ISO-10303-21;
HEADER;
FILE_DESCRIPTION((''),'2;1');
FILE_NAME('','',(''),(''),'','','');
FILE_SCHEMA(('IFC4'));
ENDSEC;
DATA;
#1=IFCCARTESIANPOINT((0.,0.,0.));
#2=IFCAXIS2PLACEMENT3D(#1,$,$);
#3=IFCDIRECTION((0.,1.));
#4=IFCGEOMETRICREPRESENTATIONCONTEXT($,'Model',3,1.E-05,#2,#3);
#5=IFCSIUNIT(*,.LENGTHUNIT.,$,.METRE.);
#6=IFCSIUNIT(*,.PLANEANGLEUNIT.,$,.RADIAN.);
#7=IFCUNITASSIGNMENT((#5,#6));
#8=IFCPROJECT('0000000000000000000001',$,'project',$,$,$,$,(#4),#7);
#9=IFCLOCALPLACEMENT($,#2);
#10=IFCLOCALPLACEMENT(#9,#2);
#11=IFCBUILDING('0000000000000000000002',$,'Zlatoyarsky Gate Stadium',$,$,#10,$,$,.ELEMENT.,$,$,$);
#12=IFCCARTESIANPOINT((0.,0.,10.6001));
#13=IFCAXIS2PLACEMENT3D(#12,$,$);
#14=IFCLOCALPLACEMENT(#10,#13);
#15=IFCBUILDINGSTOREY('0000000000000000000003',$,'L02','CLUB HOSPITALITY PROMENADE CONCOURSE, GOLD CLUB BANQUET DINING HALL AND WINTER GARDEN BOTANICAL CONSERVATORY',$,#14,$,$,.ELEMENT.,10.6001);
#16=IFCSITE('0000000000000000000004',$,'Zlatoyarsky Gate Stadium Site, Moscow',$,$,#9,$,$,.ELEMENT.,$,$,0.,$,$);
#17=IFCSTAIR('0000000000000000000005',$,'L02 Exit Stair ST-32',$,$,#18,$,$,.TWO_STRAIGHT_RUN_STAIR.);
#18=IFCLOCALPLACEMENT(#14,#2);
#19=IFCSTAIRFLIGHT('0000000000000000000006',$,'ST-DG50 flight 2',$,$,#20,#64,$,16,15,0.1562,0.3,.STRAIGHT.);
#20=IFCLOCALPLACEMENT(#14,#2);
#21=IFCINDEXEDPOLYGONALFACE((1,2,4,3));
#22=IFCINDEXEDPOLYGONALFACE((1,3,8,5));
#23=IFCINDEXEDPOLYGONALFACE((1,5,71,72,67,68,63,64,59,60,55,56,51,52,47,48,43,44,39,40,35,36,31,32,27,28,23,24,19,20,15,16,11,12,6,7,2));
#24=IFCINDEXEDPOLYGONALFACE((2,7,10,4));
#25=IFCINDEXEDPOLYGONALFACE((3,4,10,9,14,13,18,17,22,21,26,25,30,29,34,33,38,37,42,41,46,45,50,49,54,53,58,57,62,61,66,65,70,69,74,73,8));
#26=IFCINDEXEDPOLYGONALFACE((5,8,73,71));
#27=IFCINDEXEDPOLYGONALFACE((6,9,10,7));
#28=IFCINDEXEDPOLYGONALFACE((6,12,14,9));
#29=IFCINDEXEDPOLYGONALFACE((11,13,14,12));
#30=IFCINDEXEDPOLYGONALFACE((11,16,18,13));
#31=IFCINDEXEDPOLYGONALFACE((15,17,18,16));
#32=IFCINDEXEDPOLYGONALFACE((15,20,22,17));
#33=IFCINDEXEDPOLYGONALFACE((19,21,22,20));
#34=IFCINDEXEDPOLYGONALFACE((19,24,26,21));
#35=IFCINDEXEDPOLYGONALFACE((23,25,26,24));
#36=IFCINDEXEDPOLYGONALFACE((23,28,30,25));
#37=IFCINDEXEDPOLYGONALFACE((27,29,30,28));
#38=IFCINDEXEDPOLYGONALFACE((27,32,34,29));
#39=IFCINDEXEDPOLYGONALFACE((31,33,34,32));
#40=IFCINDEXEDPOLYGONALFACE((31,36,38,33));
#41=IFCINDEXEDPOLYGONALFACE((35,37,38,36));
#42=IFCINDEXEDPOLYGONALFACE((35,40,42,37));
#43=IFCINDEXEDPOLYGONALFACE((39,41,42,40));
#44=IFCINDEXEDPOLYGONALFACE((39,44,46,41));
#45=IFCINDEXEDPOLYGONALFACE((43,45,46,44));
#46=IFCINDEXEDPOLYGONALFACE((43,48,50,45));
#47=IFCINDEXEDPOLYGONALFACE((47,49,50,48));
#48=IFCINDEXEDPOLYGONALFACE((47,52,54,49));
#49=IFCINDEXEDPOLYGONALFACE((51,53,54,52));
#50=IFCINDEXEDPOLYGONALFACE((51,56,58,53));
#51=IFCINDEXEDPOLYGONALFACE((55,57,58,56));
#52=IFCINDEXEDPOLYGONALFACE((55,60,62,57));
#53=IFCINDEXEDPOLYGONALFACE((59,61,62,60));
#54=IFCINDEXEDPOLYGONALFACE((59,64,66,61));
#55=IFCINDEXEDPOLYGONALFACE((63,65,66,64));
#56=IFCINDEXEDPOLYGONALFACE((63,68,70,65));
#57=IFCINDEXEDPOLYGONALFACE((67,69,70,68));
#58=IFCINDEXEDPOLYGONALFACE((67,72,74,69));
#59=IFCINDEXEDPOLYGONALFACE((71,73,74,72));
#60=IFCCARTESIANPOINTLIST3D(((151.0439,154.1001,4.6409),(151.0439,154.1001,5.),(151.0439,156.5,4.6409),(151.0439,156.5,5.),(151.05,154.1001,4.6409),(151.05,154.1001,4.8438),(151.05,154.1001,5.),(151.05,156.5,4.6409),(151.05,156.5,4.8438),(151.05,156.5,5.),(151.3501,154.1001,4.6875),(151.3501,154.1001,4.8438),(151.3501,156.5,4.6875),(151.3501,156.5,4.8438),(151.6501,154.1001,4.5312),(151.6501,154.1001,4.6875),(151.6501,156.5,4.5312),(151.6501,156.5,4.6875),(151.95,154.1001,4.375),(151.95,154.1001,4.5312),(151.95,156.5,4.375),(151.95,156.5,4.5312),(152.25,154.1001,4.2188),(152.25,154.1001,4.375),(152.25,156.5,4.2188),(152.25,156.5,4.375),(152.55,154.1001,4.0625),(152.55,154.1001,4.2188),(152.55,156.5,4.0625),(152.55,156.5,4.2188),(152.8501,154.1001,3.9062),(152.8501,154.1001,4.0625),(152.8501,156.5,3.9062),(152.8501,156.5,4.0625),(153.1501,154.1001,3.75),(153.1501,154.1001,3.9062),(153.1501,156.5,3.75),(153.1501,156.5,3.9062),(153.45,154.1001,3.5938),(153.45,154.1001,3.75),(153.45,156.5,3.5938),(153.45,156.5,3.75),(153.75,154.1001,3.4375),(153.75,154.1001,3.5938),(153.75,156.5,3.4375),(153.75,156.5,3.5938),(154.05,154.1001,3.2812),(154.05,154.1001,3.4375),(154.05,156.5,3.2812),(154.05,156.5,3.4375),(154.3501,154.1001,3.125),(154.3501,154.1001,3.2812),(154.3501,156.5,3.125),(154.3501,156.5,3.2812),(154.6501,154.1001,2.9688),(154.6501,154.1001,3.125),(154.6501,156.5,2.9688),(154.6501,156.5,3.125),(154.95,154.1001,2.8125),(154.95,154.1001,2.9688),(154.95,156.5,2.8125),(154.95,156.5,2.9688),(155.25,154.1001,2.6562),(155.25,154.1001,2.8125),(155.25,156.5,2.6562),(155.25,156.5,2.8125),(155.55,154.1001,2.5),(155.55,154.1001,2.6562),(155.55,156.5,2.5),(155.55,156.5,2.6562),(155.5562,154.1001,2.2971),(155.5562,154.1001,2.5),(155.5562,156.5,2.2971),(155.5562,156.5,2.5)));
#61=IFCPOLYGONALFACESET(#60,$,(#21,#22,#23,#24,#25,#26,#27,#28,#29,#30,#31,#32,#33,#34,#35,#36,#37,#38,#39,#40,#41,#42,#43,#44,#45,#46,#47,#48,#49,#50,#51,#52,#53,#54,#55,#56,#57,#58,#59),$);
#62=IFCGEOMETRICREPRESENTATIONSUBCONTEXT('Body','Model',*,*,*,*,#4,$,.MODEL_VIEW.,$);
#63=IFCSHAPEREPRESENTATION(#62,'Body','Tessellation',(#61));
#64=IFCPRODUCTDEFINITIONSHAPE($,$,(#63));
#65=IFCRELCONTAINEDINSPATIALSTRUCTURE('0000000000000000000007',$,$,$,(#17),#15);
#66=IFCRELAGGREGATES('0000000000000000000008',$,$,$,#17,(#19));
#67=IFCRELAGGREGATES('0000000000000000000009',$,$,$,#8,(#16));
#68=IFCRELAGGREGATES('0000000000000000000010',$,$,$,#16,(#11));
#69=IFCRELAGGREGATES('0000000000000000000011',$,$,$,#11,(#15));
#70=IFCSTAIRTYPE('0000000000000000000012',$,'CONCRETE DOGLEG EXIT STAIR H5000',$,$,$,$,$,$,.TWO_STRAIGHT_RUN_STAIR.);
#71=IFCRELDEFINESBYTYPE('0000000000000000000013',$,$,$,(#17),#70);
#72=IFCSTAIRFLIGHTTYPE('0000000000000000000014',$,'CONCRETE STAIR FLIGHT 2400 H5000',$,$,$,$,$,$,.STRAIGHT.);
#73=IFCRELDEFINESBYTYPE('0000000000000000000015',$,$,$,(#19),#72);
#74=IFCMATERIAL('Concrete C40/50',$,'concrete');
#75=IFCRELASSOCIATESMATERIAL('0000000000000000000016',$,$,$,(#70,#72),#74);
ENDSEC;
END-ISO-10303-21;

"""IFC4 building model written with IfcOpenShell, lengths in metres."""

from ifc_helpers import new_model, si_unit, direction, frame, origin, place, context, subcontext, project, spatial, polyline, outline, extrude, material, type_object, element, aggregate, save


model = new_model("IFC4")

# Units and contexts
model_context = context("Model", 3, precision=1e-05, world=origin(), true_north=direction((0.0, 1.0)))
body_context = subcontext(model_context, "Body", "Model", "MODEL_VIEW")
ifc_project = project(units=[si_unit("LENGTHUNIT", "METRE"), si_unit("PLANEANGLEUNIT", "RADIAN")], contexts=[model_context])

# Site, building, storey
site_placement = place(None, origin())
site = spatial("IfcSite", under=ifc_project, at=site_placement, Name="Zlatoyarsky Gate Stadium Site, Moscow", CompositionType="ELEMENT", RefElevation=0.0)
building_placement = place(site_placement, origin())
building = spatial("IfcBuilding", under=site, at=building_placement, Name="Zlatoyarsky Gate Stadium", CompositionType="ELEMENT")
storey_placement = place(building_placement, frame((0.0, 0.0, 10.6001)))
storey = spatial("IfcBuildingStorey", under=building, at=storey_placement, Name="L02", Description="CLUB HOSPITALITY PROMENADE CONCOURSE, GOLD CLUB BANQUET DINING HALL AND WINTER GARDEN BOTANICAL CONSERVATORY", CompositionType="ELEMENT", Elevation=10.6001)

# Shared definitions
ifc_material_1 = material(Name="Concrete C40/50", Category="concrete")

# Stair, stair flight
stair_type = type_object("IfcStairType", Name="CONCRETE DOGLEG EXIT STAIR H5000", PredefinedType="TWO_STRAIGHT_RUN_STAIR", material=ifc_material_1)
stair_placement = place(storey_placement, origin())
stair = element("IfcStair", 1, at=stair_placement, inside=storey, type_object=stair_type, Name="L02 Exit Stair ST-32", PredefinedType="TWO_STRAIGHT_RUN_STAIR")
stair_flight_type = type_object("IfcStairFlightType", Name="CONCRETE STAIR FLIGHT 2400 H5000", PredefinedType="STRAIGHT", material=ifc_material_1)
stair_flight_placement = place(storey_placement, frame((155.55, 155.3, 2.5), z_axis=(0.0, 0.0, 1.0), x_axis=(-1.0, 0.0, 0.0)))
stair_flight = element("IfcStairFlight", 2, at=stair_flight_placement, type_object=stair_flight_type, Name="ST-DG50 flight 2", NumberOfRisers=16, NumberOfTreads=15, PredefinedType="STRAIGHT", RiserHeight=0.1562, TreadLength=0.3, context=body_context, shape_type="SweptSolid", body=[
    extrude(outline(polyline([(-0.0061, -0.2029), (-0.0061, 0.0), (0.0, 0.0), (0.0, 0.1562), (0.3, 0.1562), (0.3, 0.3125), (0.6001, 0.3125), (0.6001, 0.4688), (0.8999, 0.4688), (0.8999, 0.625), (1.2, 0.625), (1.2, 0.7812), (1.5, 0.7812), (1.5, 0.9375), (1.8, 0.9375), (1.8, 1.0938), (2.1001, 1.0938), (2.1001, 1.25), (2.3999, 1.25), (2.3999, 1.4062), (2.7, 1.4062), (2.7, 1.5625), (3.0, 1.5625), (3.0, 1.7188), (3.3, 1.7188), (3.3, 1.875), (3.6001, 1.875), (3.6001, 2.0312), (3.8999, 2.0312), (3.8999, 2.1875), (4.2, 2.1875), (4.2, 2.3438), (4.5, 2.3438), (4.5, 2.5), (4.5061, 2.5), (4.5061, 2.1409), (4.5, 2.1409), (-0.0061, -0.2029)])), frame((0.0, 1.2, 0.0), z_axis=(0.0, -1.0, 0.0), x_axis=(1.0, 0.0, 0.0)), (0.0, 0.0, 1.0), 2.3999),
])
aggregate(stair, [stair_flight])

save(model, "model.ifc")
